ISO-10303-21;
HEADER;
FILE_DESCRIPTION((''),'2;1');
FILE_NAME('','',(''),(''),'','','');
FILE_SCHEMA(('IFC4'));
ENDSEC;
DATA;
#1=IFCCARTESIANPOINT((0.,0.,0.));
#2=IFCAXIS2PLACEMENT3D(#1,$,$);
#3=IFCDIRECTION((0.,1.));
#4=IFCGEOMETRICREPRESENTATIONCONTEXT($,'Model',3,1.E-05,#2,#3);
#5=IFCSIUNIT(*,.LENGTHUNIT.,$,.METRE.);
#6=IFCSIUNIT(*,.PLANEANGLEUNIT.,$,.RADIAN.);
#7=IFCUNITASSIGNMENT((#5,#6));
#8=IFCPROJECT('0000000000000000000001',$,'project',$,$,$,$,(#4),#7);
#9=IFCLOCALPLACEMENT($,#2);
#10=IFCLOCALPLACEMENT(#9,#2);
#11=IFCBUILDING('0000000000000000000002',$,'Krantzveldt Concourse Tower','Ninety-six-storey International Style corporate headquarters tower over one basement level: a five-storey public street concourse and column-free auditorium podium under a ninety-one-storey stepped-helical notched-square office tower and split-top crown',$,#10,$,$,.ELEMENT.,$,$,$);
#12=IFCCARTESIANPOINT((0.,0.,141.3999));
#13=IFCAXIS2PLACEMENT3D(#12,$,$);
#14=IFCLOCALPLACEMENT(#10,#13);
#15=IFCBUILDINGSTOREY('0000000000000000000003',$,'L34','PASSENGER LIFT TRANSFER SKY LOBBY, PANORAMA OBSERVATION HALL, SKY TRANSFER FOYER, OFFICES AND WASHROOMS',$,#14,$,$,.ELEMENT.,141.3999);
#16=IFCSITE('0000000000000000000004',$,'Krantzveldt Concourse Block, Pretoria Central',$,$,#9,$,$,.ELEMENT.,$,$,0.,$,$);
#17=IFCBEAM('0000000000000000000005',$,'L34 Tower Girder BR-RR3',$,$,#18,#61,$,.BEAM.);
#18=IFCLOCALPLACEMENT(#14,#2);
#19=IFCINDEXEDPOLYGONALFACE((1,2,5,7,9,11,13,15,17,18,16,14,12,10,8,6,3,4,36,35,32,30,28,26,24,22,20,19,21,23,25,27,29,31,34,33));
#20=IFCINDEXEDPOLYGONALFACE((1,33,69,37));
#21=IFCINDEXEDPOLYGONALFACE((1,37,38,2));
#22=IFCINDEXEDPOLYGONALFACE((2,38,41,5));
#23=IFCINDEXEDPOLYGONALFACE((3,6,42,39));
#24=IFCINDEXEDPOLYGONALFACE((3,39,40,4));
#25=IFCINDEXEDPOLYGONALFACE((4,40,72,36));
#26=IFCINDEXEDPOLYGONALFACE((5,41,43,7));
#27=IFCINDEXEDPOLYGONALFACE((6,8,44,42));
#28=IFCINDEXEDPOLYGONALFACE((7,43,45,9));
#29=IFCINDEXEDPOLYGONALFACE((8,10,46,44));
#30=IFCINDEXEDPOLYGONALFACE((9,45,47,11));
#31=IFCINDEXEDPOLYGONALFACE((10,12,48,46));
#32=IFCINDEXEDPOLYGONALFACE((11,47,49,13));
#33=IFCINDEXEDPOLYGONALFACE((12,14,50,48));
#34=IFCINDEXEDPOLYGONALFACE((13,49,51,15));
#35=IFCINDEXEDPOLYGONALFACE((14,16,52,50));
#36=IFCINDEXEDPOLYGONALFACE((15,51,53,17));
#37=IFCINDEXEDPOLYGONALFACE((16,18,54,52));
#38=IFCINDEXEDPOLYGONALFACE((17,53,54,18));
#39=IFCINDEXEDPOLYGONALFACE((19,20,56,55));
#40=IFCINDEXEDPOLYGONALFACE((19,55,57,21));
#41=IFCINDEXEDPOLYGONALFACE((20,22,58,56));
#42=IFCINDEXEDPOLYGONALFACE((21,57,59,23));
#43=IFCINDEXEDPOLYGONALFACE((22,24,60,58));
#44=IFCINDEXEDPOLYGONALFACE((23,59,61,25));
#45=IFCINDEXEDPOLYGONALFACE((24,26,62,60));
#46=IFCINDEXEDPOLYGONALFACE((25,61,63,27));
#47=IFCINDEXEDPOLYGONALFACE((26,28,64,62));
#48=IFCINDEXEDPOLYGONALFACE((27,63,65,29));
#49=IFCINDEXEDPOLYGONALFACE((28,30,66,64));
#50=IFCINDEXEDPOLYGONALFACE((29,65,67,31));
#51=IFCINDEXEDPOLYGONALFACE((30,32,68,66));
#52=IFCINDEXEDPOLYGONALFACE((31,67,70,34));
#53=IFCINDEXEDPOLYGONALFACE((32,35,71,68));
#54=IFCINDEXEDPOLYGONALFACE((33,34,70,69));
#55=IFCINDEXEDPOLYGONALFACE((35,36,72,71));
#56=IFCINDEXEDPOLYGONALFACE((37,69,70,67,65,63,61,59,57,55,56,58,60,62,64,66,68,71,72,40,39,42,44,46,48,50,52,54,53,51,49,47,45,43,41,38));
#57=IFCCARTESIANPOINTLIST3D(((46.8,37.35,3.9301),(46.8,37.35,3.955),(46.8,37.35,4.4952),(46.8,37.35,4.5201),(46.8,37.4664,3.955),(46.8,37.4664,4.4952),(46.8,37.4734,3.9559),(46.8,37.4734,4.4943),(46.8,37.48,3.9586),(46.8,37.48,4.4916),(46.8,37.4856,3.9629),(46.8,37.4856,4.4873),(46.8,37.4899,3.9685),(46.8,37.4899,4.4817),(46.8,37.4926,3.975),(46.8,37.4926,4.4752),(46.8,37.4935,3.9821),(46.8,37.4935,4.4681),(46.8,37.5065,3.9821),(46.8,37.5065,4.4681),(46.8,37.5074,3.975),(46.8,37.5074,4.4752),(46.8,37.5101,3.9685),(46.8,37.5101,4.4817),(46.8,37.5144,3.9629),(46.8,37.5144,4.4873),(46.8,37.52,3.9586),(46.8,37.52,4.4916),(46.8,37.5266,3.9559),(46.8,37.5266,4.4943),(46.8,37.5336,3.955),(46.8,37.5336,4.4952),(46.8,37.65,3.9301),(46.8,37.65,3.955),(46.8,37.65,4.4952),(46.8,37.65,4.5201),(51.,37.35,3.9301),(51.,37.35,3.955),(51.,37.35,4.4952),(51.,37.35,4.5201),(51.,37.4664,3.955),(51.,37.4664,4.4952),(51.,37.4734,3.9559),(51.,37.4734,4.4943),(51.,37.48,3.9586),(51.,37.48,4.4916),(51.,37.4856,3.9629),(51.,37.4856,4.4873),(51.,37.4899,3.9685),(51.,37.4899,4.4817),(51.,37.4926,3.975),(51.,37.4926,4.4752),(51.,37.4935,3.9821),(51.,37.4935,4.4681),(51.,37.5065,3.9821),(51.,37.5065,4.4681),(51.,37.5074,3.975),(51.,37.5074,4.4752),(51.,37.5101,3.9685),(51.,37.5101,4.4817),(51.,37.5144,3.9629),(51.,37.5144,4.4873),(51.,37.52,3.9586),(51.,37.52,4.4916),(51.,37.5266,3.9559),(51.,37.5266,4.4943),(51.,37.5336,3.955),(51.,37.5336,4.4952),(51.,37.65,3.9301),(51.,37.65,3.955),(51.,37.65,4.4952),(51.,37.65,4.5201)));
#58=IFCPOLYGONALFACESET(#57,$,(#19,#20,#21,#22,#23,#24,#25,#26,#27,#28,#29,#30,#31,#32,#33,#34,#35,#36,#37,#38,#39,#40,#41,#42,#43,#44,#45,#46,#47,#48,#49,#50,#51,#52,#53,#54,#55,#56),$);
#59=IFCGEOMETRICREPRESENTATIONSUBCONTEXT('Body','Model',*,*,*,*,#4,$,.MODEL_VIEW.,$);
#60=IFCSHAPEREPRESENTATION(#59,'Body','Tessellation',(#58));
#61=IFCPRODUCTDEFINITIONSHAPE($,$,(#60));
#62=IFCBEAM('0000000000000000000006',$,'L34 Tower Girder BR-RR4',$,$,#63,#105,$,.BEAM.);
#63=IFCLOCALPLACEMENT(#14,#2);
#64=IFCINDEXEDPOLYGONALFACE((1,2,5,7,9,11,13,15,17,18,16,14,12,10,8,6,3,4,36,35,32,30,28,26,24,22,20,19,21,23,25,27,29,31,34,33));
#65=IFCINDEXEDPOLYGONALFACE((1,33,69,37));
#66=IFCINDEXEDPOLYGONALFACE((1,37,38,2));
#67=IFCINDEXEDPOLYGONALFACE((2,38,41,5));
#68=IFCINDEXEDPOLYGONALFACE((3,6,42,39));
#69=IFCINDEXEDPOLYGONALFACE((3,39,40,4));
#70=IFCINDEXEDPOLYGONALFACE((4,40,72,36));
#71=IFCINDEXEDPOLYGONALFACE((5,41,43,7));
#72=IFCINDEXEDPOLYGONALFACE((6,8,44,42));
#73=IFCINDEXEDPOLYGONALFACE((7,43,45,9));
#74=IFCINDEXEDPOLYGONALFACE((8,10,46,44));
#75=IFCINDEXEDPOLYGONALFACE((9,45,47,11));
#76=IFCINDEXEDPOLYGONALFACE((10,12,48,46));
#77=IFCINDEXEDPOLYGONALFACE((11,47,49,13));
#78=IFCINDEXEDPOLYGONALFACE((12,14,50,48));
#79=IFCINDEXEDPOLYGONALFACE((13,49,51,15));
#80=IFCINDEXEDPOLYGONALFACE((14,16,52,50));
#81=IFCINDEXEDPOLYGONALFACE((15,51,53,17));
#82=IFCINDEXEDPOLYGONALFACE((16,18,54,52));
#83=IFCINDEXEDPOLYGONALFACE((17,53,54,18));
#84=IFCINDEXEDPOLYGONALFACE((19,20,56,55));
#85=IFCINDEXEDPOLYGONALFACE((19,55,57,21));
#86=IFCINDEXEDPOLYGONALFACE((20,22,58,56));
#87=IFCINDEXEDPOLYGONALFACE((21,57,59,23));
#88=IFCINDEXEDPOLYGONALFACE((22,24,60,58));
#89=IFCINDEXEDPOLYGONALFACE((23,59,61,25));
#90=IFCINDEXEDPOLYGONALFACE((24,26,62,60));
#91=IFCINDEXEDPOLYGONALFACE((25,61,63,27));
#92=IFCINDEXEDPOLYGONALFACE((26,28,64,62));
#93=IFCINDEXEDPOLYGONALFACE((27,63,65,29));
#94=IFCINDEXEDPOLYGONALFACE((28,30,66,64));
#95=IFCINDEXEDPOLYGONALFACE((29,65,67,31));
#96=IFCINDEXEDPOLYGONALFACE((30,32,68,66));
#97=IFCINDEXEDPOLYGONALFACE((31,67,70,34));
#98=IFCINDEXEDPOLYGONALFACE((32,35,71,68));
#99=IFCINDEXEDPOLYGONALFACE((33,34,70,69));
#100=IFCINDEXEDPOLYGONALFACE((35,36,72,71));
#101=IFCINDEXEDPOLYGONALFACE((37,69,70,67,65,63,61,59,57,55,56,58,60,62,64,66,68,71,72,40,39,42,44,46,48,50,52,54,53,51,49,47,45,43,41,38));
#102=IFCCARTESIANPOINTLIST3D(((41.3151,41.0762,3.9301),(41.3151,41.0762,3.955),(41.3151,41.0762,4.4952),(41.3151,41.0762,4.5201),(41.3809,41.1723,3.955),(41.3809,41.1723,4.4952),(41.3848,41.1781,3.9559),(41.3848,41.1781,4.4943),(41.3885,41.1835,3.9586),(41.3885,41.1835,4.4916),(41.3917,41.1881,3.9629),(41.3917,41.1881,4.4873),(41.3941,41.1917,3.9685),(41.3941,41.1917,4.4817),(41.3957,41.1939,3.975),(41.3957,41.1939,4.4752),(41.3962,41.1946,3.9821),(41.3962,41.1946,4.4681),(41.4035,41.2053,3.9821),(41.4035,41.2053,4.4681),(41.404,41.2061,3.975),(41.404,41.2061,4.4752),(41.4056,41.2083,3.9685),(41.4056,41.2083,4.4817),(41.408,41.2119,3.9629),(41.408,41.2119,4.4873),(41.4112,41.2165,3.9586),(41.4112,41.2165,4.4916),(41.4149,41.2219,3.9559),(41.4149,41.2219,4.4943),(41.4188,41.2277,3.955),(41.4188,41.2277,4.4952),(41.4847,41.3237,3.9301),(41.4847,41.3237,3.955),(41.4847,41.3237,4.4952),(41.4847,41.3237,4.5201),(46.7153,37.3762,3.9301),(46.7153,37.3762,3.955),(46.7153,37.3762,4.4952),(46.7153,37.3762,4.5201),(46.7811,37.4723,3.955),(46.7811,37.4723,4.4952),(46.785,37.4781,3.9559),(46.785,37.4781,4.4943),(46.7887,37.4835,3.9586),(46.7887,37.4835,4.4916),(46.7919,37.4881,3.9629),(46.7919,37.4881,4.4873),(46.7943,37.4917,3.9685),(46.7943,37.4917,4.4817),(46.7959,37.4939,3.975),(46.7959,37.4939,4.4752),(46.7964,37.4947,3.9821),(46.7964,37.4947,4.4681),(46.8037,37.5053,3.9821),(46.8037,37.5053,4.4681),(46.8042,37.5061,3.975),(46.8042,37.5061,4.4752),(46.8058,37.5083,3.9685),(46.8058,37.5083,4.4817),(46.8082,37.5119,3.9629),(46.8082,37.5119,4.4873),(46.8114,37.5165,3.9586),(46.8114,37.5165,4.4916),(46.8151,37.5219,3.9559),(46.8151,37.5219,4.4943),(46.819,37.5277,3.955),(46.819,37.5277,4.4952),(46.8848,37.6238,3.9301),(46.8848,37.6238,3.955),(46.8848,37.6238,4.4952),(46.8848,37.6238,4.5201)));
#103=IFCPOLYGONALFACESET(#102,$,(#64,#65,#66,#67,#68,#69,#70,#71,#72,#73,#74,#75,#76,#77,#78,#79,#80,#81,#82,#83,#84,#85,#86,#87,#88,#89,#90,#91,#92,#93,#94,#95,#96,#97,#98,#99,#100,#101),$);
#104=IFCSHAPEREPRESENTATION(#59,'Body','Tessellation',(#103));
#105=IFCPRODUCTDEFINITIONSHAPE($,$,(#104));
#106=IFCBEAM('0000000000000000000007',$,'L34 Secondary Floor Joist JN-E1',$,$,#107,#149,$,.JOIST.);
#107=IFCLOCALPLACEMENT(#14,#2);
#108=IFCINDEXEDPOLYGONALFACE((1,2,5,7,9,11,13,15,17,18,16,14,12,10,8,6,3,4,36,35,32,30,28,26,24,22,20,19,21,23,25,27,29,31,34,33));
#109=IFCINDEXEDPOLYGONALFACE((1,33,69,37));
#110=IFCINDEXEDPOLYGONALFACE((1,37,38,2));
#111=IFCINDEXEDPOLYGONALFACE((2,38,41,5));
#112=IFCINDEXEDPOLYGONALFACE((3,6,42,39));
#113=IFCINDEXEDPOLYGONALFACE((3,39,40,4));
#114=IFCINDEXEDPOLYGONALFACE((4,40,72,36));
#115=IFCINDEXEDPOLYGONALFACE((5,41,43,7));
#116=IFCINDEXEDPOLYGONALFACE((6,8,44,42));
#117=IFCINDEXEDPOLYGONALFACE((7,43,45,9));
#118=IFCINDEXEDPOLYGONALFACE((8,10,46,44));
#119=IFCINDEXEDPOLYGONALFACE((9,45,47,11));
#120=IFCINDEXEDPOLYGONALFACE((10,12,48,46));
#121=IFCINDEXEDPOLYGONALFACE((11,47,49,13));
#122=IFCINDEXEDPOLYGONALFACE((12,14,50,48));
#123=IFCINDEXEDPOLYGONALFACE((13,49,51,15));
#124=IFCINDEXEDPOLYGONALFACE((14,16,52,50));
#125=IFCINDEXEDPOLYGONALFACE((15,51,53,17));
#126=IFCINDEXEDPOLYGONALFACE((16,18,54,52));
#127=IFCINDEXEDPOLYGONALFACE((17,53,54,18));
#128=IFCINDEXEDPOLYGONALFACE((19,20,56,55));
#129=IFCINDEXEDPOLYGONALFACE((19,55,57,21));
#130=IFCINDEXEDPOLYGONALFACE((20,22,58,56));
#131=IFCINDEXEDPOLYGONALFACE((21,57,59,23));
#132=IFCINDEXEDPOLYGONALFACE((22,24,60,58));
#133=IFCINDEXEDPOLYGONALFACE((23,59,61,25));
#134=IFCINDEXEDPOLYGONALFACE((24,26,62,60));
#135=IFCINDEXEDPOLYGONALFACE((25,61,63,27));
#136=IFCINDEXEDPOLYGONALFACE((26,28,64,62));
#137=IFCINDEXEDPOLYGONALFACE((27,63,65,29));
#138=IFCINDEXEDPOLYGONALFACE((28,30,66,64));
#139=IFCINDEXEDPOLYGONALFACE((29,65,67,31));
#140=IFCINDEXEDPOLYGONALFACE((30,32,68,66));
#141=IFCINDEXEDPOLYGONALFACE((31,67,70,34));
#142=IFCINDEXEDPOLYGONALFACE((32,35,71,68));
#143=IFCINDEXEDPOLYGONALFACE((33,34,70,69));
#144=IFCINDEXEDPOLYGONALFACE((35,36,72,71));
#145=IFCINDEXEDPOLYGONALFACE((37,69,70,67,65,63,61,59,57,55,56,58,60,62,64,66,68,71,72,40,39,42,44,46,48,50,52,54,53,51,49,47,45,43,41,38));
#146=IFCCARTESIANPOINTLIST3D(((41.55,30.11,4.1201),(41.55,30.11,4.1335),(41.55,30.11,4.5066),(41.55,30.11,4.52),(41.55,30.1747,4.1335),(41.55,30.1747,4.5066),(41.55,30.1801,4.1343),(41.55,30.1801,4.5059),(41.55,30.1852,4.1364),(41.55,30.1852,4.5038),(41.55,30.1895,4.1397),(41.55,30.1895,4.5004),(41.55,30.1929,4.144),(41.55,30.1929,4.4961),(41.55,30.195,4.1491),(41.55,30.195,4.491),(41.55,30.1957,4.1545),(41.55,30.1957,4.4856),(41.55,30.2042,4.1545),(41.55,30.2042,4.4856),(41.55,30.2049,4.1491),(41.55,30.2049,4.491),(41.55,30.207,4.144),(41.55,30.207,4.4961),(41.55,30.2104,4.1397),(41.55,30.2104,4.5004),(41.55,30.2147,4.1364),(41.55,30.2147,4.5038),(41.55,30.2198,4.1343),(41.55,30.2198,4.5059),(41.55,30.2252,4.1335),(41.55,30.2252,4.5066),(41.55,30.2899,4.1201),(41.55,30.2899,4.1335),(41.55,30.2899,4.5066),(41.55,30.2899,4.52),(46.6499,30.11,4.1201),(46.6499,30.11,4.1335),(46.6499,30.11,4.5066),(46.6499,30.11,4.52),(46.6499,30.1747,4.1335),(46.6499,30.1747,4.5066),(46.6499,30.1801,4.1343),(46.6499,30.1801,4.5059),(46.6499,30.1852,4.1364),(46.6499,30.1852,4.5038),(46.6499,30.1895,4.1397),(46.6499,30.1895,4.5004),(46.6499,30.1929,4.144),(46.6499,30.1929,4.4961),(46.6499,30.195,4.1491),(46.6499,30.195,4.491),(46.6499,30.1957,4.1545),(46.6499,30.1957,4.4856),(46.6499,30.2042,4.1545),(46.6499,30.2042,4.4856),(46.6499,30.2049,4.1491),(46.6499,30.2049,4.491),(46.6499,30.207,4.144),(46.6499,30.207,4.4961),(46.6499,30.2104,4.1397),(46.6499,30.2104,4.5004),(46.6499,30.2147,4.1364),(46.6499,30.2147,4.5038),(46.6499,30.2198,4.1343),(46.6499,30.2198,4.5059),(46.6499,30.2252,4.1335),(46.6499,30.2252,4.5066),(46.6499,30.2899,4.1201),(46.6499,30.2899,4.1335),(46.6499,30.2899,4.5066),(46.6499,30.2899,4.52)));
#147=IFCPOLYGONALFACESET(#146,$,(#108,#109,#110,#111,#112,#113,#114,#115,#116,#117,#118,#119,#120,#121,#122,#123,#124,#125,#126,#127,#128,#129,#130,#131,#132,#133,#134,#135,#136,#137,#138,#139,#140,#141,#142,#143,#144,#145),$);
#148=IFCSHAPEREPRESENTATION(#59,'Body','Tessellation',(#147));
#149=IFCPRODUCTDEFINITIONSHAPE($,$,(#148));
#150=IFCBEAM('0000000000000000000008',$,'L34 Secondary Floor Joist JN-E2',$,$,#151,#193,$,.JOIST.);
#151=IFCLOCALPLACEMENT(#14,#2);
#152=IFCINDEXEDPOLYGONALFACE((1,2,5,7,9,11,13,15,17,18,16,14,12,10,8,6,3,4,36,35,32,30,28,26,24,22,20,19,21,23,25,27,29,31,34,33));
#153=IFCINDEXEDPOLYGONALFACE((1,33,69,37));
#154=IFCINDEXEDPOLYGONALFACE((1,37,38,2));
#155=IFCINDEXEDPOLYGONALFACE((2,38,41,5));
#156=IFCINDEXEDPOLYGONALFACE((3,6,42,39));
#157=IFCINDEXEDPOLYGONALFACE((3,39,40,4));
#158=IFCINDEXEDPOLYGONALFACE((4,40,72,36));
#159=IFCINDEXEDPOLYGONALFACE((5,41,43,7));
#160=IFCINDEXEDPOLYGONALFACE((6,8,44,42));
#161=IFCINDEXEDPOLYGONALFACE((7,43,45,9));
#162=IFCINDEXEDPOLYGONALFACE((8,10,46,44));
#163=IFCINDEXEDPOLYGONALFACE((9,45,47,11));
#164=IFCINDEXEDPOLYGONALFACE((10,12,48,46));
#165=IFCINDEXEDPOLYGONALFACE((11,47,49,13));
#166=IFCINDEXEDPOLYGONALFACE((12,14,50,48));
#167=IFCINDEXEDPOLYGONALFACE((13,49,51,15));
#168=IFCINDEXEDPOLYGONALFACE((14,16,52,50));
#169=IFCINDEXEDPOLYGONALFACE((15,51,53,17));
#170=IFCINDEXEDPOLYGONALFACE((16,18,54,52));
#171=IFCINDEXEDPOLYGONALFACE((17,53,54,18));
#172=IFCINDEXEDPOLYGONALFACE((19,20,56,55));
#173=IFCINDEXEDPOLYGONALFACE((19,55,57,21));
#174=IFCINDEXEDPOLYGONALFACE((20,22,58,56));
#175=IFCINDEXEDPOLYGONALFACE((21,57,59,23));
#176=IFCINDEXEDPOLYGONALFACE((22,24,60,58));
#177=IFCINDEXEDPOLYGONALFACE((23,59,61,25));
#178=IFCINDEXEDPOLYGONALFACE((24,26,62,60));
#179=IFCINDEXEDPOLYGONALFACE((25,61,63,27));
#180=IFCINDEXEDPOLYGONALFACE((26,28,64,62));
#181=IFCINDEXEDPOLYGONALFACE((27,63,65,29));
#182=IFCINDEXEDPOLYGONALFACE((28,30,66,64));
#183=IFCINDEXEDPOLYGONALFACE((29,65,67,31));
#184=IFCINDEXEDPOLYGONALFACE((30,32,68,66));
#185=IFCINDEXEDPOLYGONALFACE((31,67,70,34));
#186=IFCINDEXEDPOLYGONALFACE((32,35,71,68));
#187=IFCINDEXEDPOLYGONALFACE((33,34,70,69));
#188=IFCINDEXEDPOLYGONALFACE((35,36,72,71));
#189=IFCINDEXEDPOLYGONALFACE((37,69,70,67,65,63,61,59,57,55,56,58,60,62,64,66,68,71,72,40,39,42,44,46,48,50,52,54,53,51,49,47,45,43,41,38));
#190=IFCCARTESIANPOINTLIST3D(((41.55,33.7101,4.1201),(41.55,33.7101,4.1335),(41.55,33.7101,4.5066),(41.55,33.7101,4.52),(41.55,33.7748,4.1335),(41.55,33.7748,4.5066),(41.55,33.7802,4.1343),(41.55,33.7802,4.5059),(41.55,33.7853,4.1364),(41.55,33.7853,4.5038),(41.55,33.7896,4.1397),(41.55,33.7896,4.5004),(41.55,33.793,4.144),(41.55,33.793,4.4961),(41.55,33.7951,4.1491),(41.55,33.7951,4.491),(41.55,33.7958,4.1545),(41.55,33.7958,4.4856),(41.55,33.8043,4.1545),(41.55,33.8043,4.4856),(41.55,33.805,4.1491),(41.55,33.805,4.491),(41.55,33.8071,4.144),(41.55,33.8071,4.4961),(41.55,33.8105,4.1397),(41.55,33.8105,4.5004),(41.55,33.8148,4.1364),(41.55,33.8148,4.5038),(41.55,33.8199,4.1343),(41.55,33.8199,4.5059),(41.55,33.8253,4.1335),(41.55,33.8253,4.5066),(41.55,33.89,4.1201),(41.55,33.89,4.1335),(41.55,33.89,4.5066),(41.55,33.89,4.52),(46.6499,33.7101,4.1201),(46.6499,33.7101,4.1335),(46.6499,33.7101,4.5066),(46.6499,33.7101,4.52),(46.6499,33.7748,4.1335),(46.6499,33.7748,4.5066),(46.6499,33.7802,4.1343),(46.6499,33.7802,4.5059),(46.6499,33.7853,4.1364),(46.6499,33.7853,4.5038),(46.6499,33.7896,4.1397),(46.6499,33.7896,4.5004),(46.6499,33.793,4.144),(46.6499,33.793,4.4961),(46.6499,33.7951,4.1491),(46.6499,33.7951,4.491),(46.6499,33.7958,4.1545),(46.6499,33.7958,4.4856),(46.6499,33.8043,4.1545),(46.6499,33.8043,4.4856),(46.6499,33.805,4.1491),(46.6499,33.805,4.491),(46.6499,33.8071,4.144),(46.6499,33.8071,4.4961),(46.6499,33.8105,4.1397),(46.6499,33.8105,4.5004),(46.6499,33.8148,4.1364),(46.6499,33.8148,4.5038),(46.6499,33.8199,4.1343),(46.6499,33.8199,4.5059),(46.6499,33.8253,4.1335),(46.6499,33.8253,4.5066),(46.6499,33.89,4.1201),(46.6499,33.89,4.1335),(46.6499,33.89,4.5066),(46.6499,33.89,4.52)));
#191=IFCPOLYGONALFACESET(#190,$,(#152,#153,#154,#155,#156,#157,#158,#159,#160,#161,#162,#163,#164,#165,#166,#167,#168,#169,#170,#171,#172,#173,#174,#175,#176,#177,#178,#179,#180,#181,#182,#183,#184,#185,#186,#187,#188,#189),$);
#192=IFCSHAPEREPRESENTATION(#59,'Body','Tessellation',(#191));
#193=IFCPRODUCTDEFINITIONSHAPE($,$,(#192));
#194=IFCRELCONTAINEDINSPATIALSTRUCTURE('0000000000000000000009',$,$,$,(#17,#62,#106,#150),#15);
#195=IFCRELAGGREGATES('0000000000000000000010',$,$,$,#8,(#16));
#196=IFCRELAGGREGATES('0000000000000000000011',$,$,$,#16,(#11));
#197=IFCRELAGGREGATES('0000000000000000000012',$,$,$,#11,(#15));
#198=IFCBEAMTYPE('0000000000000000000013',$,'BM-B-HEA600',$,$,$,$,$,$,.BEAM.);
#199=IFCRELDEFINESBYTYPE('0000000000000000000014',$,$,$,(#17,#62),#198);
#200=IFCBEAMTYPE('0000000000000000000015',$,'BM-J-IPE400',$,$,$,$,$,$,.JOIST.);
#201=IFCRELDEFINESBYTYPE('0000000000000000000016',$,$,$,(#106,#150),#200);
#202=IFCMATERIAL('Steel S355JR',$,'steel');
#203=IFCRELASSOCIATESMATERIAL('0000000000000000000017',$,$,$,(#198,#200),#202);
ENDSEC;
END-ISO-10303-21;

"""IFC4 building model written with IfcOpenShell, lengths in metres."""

from ifc_helpers import new_model, si_unit, direction, frame, origin, origin_2d, place, context, subcontext, project, spatial, i_section, extrude, source, transform, mapped, material, material_profile, profile_set, type_object, type_shapes, element, save


model = new_model("IFC4")

# Units and contexts
model_context = context("Model", 3, precision=1e-05, world=origin(), true_north=direction((0.0, 1.0)))
body_context = subcontext(model_context, "Body", "Model", "MODEL_VIEW")
ifc_project = project(units=[si_unit("LENGTHUNIT", "METRE"), si_unit("PLANEANGLEUNIT", "RADIAN")], contexts=[model_context])

# Site, building, storey
site_placement = place(None, origin())
site = spatial("IfcSite", under=ifc_project, at=site_placement, Name="Krantzveldt Concourse Block, Pretoria Central", CompositionType="ELEMENT", RefElevation=0.0)
building_placement = place(site_placement, origin())
building = spatial("IfcBuilding", under=site, at=building_placement, Name="Krantzveldt Concourse Tower", Description="Ninety-six-storey International Style corporate headquarters tower over one basement level: a five-storey public street concourse and column-free auditorium podium under a ninety-one-storey stepped-helical notched-square office tower and split-top crown", CompositionType="ELEMENT")
storey_placement = place(building_placement, frame((0.0, 0.0, 141.3999)))
storey = spatial("IfcBuildingStorey", under=building, at=storey_placement, Name="L34", Description="PASSENGER LIFT TRANSFER SKY LOBBY, PANORAMA OBSERVATION HALL, SKY TRANSFER FOYER, OFFICES AND WASHROOMS", CompositionType="ELEMENT", Elevation=141.3999)

# Beams
ifc_material_1 = material(Name="Steel S355JR", Category="steel")
ifc_material_profile_1 = material_profile(ifc_material_1, i_section(OverallWidth=0.3, OverallDepth=0.5901, WebThickness=0.0129, FlangeThickness=0.0249, FilletRadius=0.0271, at=origin_2d()), Name="Steel S355JR", Category="steel")
ifc_profile_set_1 = profile_set([ifc_material_profile_1], Name="Steel S355JR - HEA 600")
beam_type_1 = type_object("IfcBeamType", Name="BM-B-HEA600", PredefinedType="BEAM", material=ifc_profile_set_1)
shared_shape_1 = source(origin(), body_context, "Body", "SweptSolid", [
    extrude(i_section(OverallWidth=0.3, OverallDepth=0.5901, WebThickness=0.0129, FlangeThickness=0.0249, FilletRadius=0.0271, at=origin_2d()), origin(), (0.0, 0.0, 1.0), 4.2),
])
beam_1_placement = place(storey_placement, frame((46.8, 37.5, 4.2251), z_axis=(1.0, 0.0, 0.0), x_axis=(0.0, 1.0, 0.0)))
element("IfcBeam", 1, at=beam_1_placement, inside=storey, type_object=beam_type_1, Name="L34 Tower Girder BR-RR3", PredefinedType="BEAM", context=body_context, shape_type="MappedRepresentation", body=[
    mapped(shared_shape_1, transform((0.0, 0.0, 0.0), x_axis=(1.0, 0.0, 0.0), y_axis=(0.0, 1.0, 0.0), z_axis=(0.0, 0.0, 1.0), scale=1.0)),
])
shared_shape_2 = source(origin(), body_context, "Body", "SweptSolid", [
    extrude(i_section(OverallWidth=0.3, OverallDepth=0.5901, WebThickness=0.0129, FlangeThickness=0.0249, FilletRadius=0.0271, at=origin_2d()), origin(), (0.0, 0.0, 1.0), 6.5461),
])
beam_2_placement = place(storey_placement, frame((46.8, 37.5, 4.2251), z_axis=(-0.824943, 0.565216, 0.0), x_axis=(-0.565216, -0.824943, 0.0)))
element("IfcBeam", 2, at=beam_2_placement, inside=storey, type_object=beam_type_1, Name="L34 Tower Girder BR-RR4", PredefinedType="BEAM", context=body_context, shape_type="MappedRepresentation", body=[
    mapped(shared_shape_2, transform((0.0, 0.0, 0.0), x_axis=(1.0, 0.0, 0.0), y_axis=(0.0, 1.0, 0.0), z_axis=(0.0, 0.0, 1.0), scale=1.0)),
])
ifc_material_profile_2 = material_profile(ifc_material_1, i_section(OverallWidth=0.1799, OverallDepth=0.3999, WebThickness=0.0085, FlangeThickness=0.0134, FilletRadius=0.021, at=origin_2d()), Name="Steel S355JR", Category="steel")
ifc_profile_set_2 = profile_set([ifc_material_profile_2], Name="Steel S355JR - IPE 400")
beam_type_2 = type_object("IfcBeamType", Name="BM-J-IPE400", PredefinedType="JOIST", material=ifc_profile_set_2)
shared_shape_3 = source(origin(), body_context, "Body", "SweptSolid", [
    extrude(i_section(OverallWidth=0.1799, OverallDepth=0.3999, WebThickness=0.0085, FlangeThickness=0.0134, FilletRadius=0.021, at=origin_2d()), origin(), (0.0, 0.0, 1.0), 5.0999),
])
type_shapes(beam_type_2, [shared_shape_3])
for number, where, z_axis, x_axis, name in (
    (3, (41.55, 30.2, 4.3201), (1.0, 0.0, 0.0), (0.0, 1.0, 0.0), "L34 Secondary Floor Joist JN-E1"),
    (4, (41.55, 33.8, 4.3201), (1.0, 0.0, 0.0), (0.0, 1.0, 0.0), "L34 Secondary Floor Joist JN-E2"),
):
    element("IfcBeam", number, at=place(storey_placement, frame(where, z_axis=z_axis, x_axis=x_axis)), inside=storey, type_object=beam_type_2, Name=name, PredefinedType="JOIST", context=body_context, shape_type="MappedRepresentation", body=[
        mapped(shared_shape_3, transform((0.0, 0.0, 0.0), x_axis=(1.0, 0.0, 0.0), y_axis=(0.0, 1.0, 0.0), z_axis=(0.0, 0.0, 1.0), scale=1.0)),
    ])

save(model, "model.ifc")
